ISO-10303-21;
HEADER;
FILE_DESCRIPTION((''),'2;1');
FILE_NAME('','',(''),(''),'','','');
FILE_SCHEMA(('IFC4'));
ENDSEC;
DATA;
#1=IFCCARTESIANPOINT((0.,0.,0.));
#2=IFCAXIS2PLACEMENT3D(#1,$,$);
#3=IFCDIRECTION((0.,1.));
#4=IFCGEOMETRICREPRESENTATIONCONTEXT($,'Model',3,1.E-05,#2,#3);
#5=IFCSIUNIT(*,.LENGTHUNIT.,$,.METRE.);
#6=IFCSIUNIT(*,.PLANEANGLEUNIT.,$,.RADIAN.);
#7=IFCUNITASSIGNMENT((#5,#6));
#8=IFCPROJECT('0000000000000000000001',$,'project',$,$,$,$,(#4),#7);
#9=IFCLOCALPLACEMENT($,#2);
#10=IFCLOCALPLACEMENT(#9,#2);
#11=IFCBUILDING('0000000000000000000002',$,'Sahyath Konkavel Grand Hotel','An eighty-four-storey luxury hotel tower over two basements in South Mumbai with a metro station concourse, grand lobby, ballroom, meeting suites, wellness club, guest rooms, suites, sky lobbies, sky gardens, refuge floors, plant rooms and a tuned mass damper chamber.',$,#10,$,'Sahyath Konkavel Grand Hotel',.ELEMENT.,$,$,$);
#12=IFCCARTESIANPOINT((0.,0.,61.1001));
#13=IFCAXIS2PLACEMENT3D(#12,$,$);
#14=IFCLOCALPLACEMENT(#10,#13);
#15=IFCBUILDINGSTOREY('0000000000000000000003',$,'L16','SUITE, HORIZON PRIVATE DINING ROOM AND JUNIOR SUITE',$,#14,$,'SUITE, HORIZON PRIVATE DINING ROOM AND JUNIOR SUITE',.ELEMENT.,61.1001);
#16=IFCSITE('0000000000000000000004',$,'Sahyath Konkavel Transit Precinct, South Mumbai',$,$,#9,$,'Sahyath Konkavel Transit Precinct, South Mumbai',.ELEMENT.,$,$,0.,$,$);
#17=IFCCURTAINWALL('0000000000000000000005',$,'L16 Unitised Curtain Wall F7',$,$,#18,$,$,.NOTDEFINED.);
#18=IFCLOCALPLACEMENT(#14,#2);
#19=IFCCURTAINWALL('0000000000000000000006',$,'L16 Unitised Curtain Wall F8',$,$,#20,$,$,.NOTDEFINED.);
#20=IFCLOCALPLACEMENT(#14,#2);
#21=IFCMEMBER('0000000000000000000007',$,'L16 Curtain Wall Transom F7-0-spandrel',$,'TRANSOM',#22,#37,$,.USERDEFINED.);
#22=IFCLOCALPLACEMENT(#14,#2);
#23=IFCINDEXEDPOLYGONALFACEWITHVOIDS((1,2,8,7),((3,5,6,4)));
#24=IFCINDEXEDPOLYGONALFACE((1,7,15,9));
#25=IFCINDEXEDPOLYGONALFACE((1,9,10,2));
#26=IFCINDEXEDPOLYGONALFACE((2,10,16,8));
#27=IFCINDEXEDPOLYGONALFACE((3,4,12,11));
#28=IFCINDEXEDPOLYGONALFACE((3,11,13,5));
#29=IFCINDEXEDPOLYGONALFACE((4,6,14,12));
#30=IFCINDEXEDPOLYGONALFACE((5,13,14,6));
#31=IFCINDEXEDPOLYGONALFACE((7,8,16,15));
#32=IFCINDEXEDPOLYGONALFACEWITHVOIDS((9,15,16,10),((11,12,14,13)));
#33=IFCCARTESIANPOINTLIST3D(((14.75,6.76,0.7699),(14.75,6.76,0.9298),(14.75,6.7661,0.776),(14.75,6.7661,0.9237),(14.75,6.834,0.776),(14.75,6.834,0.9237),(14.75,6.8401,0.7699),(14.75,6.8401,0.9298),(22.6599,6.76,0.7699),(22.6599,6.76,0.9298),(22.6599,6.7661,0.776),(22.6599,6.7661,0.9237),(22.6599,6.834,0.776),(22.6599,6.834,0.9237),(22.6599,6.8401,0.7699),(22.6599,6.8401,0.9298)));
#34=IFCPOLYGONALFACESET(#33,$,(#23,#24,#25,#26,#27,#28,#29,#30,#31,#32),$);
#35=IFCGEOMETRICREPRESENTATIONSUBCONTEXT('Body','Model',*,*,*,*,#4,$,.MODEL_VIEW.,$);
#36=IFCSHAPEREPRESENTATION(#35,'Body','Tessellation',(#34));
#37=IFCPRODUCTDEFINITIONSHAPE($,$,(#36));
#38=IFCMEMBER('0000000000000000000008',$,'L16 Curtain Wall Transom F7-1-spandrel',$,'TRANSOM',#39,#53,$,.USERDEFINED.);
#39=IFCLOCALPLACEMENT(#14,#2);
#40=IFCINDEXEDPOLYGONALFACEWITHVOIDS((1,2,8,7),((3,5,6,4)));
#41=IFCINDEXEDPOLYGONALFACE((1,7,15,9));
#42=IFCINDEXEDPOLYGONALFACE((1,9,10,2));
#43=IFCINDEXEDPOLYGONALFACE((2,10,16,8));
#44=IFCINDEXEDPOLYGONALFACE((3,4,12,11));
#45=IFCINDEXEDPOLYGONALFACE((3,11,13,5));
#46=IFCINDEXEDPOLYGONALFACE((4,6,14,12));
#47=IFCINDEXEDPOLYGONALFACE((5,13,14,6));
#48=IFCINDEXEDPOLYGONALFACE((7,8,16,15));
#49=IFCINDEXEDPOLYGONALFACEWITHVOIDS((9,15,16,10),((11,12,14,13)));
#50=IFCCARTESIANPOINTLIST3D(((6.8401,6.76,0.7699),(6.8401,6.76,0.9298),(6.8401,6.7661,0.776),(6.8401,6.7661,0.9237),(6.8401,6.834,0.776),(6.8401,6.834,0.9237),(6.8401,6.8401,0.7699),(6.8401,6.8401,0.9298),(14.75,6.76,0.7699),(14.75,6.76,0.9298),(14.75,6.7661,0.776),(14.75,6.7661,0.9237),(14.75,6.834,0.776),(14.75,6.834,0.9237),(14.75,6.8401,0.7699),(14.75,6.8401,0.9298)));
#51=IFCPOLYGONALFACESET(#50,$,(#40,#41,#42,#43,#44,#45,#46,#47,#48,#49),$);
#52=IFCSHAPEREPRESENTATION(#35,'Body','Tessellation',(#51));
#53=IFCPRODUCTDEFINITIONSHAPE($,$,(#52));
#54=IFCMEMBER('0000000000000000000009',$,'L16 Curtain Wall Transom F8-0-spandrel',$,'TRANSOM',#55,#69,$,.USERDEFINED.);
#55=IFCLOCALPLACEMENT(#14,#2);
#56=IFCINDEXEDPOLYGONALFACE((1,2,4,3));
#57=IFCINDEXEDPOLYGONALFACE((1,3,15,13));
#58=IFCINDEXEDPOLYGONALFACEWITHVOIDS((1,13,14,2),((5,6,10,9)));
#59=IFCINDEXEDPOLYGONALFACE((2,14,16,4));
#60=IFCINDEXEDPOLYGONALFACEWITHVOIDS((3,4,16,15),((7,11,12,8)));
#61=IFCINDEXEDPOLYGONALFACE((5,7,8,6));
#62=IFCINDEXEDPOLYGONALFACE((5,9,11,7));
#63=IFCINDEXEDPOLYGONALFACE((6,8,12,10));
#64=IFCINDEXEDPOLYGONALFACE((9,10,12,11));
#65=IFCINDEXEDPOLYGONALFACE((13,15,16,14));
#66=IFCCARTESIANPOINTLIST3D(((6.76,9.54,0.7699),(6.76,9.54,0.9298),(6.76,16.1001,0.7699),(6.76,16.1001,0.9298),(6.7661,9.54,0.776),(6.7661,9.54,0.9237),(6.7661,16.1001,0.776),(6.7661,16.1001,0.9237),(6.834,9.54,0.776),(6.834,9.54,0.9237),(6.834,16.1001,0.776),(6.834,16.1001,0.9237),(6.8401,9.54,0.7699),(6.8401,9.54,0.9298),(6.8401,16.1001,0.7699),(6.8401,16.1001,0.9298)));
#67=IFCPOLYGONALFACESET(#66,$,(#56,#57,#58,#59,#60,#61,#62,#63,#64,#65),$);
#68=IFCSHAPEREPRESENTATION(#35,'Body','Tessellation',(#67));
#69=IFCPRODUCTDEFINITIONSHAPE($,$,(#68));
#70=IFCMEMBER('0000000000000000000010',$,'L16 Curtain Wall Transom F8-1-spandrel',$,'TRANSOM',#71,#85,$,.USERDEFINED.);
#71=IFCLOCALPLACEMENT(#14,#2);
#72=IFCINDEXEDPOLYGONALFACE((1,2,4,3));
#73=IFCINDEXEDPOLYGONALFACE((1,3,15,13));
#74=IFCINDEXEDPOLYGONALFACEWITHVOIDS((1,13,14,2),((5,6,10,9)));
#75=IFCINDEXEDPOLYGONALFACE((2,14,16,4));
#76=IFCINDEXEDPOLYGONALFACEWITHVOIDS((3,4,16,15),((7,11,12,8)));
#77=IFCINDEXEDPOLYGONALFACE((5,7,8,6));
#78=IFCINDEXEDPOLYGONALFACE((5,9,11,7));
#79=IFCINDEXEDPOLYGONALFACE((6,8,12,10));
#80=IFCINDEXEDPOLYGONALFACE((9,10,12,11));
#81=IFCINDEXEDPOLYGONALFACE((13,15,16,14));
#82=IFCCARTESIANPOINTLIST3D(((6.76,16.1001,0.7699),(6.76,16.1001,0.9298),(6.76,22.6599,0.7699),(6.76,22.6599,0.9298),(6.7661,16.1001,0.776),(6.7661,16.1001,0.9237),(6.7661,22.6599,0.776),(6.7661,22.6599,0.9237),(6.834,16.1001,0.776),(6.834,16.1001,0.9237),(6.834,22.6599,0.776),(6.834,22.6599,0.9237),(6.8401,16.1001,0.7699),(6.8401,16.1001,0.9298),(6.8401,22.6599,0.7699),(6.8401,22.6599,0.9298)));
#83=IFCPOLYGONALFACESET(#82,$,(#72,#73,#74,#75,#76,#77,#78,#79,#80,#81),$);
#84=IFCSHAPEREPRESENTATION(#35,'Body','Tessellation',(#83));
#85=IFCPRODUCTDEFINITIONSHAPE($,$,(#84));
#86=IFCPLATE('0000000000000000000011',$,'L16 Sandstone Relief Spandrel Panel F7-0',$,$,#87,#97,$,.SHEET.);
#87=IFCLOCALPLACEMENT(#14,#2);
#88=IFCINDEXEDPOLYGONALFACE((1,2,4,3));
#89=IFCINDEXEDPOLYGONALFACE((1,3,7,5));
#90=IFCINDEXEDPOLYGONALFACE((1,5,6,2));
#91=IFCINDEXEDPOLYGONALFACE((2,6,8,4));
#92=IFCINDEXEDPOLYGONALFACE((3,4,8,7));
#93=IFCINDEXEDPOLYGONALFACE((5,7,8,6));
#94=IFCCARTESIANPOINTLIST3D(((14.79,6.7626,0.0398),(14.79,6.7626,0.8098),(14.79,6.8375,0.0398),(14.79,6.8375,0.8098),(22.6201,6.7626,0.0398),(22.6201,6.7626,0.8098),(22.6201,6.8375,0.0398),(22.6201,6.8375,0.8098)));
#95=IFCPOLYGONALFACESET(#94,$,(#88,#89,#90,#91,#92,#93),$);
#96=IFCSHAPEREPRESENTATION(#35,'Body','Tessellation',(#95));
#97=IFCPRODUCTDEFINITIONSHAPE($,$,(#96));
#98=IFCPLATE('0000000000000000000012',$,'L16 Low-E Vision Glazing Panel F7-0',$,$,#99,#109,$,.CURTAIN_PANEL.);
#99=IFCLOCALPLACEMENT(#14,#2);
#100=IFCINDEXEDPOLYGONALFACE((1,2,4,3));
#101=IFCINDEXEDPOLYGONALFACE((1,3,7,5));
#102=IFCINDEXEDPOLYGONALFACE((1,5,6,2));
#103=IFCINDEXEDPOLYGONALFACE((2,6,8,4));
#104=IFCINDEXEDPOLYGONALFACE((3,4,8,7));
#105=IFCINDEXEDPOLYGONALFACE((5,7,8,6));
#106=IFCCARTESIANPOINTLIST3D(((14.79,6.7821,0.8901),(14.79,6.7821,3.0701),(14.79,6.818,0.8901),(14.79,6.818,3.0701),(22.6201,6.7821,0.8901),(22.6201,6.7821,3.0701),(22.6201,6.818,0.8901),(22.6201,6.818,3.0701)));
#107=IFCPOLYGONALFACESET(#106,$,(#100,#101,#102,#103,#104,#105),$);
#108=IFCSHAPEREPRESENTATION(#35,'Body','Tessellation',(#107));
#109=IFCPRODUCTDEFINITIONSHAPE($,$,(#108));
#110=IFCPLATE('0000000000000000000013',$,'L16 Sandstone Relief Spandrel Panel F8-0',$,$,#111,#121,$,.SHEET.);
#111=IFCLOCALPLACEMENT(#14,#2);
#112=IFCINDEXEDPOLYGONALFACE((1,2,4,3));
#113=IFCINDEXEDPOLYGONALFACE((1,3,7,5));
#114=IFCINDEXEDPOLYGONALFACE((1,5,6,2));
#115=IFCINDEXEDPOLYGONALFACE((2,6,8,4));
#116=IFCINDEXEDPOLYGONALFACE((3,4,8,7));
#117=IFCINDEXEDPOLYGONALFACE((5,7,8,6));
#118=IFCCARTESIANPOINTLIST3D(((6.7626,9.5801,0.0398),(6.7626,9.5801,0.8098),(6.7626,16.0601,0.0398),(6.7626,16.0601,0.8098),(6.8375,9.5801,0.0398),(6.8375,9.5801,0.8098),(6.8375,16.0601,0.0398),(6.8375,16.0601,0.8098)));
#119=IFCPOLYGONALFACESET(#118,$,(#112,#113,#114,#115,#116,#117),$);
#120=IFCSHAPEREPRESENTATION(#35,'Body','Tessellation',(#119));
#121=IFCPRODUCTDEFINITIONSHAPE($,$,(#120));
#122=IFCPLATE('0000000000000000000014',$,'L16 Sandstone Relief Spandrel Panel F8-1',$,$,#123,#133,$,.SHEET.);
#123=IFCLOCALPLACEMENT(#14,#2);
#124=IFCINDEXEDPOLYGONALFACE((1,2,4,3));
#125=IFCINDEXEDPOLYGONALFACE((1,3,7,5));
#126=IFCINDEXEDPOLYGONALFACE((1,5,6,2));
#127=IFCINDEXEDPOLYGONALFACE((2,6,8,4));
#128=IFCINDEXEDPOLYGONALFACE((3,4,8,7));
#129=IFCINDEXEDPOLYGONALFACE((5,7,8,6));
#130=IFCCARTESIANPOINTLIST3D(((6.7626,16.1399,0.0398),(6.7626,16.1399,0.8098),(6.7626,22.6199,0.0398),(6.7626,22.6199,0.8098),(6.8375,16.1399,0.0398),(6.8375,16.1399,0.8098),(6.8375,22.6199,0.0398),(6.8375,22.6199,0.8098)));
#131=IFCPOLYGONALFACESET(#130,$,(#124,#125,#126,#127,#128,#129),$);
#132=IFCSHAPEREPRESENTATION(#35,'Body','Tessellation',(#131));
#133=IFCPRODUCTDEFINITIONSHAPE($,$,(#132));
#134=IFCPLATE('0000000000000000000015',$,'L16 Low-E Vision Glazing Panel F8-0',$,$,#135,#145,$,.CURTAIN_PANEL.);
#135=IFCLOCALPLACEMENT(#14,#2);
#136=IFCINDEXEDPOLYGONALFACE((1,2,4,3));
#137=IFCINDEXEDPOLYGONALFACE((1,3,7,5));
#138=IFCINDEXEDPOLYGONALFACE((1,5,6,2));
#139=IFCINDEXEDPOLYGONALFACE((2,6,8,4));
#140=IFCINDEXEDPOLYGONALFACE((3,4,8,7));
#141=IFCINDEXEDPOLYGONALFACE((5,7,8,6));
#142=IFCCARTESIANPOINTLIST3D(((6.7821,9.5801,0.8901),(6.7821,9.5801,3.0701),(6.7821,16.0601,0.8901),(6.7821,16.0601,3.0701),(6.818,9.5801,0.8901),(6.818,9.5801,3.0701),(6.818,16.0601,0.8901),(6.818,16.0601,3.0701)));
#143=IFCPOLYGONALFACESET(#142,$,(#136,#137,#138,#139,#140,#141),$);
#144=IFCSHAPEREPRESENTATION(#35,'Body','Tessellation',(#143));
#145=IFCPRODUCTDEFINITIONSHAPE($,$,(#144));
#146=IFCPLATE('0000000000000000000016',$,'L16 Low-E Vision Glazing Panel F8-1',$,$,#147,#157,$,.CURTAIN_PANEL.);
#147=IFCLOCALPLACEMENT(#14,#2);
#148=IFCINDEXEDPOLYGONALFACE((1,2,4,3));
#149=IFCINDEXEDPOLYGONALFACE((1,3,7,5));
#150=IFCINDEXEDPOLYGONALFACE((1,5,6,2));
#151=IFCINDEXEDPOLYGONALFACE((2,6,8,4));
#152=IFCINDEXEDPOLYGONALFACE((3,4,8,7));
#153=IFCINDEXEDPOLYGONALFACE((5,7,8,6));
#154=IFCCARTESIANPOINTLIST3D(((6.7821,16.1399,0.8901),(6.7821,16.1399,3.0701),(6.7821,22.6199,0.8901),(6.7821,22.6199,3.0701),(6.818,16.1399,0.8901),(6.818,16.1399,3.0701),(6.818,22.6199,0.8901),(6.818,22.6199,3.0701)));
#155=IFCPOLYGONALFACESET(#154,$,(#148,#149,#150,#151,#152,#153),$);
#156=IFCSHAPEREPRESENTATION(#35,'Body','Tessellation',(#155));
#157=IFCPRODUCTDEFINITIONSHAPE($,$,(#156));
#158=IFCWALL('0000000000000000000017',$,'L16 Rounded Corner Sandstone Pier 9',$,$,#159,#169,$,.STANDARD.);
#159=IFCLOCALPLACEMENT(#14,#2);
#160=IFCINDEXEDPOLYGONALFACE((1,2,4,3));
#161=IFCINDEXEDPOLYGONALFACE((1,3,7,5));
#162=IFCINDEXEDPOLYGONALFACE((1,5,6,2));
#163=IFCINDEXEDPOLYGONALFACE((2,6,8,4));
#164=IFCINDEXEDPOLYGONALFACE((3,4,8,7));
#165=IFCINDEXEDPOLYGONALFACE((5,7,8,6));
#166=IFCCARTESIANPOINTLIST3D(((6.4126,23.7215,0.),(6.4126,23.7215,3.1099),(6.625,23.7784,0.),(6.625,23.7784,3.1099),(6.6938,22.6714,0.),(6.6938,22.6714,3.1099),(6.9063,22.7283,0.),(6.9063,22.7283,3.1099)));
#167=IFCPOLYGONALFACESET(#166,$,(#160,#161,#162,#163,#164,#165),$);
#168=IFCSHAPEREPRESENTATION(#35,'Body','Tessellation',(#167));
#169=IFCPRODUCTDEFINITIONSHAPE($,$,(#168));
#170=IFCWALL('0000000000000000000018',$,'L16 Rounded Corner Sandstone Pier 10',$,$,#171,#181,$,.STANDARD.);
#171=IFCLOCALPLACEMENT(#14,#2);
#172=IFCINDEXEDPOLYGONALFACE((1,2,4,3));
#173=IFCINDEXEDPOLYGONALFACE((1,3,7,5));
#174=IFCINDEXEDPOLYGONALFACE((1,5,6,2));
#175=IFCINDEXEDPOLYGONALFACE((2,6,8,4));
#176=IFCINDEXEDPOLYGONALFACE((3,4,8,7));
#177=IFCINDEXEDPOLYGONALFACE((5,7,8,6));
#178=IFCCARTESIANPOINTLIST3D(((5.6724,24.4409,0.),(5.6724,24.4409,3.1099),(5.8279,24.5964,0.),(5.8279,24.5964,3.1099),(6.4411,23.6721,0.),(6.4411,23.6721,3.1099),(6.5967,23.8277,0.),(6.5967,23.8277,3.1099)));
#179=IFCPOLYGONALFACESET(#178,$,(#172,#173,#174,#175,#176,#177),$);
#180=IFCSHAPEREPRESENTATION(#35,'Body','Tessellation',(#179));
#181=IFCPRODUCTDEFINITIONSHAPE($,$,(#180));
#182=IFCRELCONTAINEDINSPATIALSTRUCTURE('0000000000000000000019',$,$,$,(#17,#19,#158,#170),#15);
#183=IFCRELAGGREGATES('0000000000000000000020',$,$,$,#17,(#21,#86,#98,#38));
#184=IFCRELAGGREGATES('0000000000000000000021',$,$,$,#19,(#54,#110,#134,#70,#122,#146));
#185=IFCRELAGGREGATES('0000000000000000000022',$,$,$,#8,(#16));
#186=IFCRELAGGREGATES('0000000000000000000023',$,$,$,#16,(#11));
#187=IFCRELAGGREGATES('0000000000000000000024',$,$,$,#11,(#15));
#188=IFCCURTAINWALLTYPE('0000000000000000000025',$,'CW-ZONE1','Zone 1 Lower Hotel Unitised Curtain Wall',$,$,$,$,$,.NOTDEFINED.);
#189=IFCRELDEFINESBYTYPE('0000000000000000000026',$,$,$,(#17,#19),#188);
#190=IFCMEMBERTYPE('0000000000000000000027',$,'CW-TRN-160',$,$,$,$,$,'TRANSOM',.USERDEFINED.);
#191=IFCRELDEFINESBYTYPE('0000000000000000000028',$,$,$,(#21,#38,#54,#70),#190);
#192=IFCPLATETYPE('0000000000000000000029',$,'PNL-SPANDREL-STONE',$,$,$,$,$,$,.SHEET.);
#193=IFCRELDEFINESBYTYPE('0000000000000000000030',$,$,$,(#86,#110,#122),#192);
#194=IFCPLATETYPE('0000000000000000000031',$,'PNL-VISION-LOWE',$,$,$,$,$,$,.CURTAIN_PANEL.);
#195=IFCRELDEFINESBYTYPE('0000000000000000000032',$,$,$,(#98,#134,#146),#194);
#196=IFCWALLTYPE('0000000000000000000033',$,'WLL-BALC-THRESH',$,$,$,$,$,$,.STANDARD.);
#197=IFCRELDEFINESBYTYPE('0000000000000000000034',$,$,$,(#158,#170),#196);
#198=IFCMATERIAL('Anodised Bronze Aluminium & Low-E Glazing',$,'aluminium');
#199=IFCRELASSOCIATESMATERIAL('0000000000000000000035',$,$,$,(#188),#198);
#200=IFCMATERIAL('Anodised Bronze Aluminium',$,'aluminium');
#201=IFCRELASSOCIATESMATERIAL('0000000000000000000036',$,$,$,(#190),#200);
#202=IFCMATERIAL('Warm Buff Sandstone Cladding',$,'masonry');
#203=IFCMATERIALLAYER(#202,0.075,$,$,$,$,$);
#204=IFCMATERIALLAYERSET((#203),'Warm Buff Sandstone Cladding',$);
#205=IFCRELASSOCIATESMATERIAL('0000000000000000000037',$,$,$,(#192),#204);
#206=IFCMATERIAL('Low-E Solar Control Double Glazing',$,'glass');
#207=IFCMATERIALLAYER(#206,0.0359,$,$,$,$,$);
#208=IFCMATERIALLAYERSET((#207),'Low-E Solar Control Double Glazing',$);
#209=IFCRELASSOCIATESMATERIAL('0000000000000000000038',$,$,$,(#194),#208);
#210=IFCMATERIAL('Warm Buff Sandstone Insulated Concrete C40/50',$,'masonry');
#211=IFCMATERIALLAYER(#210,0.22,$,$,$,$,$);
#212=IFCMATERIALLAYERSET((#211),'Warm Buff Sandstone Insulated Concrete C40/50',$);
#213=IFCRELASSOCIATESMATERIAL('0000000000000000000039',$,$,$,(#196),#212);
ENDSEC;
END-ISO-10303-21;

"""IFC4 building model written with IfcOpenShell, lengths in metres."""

from ifc_helpers import new_model, si_unit, direction, frame, frame_2d, origin, origin_2d, place, context, subcontext, project, spatial, rectangle, hollow_rectangle, extrude, source, transform, mapped, material, layer, layer_set, material_profile, profile_set, type_object, element, aggregate, save


model = new_model("IFC4")

# Units and contexts
model_context = context("Model", 3, precision=1e-05, world=origin(), true_north=direction((0.0, 1.0)))
body_context = subcontext(model_context, "Body", "Model", "MODEL_VIEW")
ifc_project = project(units=[si_unit("LENGTHUNIT", "METRE"), si_unit("PLANEANGLEUNIT", "RADIAN")], contexts=[model_context])

# Site, building, storey
site_placement = place(None, origin())
site = spatial("IfcSite", under=ifc_project, at=site_placement, Name="Sahyath Konkavel Transit Precinct, South Mumbai", LongName="Sahyath Konkavel Transit Precinct, South Mumbai", CompositionType="ELEMENT", RefElevation=0.0)
building_placement = place(site_placement, origin())
building = spatial("IfcBuilding", under=site, at=building_placement, Name="Sahyath Konkavel Grand Hotel", Description="An eighty-four-storey luxury hotel tower over two basements in South Mumbai with a metro station concourse, grand lobby, ballroom, meeting suites, wellness club, guest rooms, suites, sky lobbies, sky gardens, refuge floors, plant rooms and a tuned mass damper chamber.", LongName="Sahyath Konkavel Grand Hotel", CompositionType="ELEMENT")
storey_placement = place(building_placement, frame((0.0, 0.0, 61.1001)))
storey = spatial("IfcBuildingStorey", under=building, at=storey_placement, Name="L16", Description="SUITE, HORIZON PRIVATE DINING ROOM AND JUNIOR SUITE", LongName="SUITE, HORIZON PRIVATE DINING ROOM AND JUNIOR SUITE", CompositionType="ELEMENT", Elevation=61.1001)

# Curtain walls
ifc_material_1 = material(Name="Anodised Bronze Aluminium & Low-E Glazing", Category="aluminium")
curtain_wall_type = type_object("IfcCurtainWallType", Name="CW-ZONE1", Description="Zone 1 Lower Hotel Unitised Curtain Wall", PredefinedType="NOTDEFINED", material=ifc_material_1)
curtain_wall_1_placement = place(storey_placement, origin())
curtain_wall_1 = element("IfcCurtainWall", 1, at=curtain_wall_1_placement, inside=storey, type_object=curtain_wall_type, Name="L16 Unitised Curtain Wall F7", PredefinedType="NOTDEFINED")
ifc_material_2 = material(Name="Anodised Bronze Aluminium", Category="aluminium")
curtain_wall_2_placement = place(storey_placement, origin())
curtain_wall_2 = element("IfcCurtainWall", 2, at=curtain_wall_2_placement, inside=storey, type_object=curtain_wall_type, Name="L16 Unitised Curtain Wall F8", PredefinedType="NOTDEFINED")

# Members
ifc_material_profile_1 = material_profile(ifc_material_2, hollow_rectangle(XDim=0.0801, YDim=0.1599, WallThickness=0.0061, at=origin_2d()), Name="RHS 160x80x6")
ifc_profile_set_1 = profile_set([ifc_material_profile_1], Name="Anodised Bronze Aluminium")
member_type_1 = type_object("IfcMemberType", Name="CW-TRN-160", ElementType="TRANSOM", PredefinedType="USERDEFINED", material=ifc_profile_set_1)
shared_shape_1 = source(origin(), body_context, "Body", "SweptSolid", [
    extrude(hollow_rectangle(XDim=0.0801, YDim=0.1599, WallThickness=0.0061, at=origin_2d()), origin(), (0.0, 0.0, 1.0), 7.9099),
])
member_1_placement = place(storey_placement, frame((22.6599, 6.8, 0.8499), z_axis=(-1.0, 0.0, 0.0), x_axis=(0.0, -1.0, 0.0)))
member_1 = element("IfcMember", 3, at=member_1_placement, type_object=member_type_1, Name="L16 Curtain Wall Transom F7-0-spandrel", ObjectType="TRANSOM", PredefinedType="USERDEFINED", context=body_context, shape_type="MappedRepresentation", body=[
    mapped(shared_shape_1, transform((0.0, 0.0, 0.0), scale=1.0)),
])
member_2_placement = place(storey_placement, frame((14.75, 6.8, 0.8499), z_axis=(-1.0, 0.0, 0.0), x_axis=(0.0, -1.0, 0.0)))
member_2 = element("IfcMember", 4, at=member_2_placement, type_object=member_type_1, Name="L16 Curtain Wall Transom F7-1-spandrel", ObjectType="TRANSOM", PredefinedType="USERDEFINED", context=body_context, shape_type="MappedRepresentation", body=[
    mapped(shared_shape_1, transform((0.0, 0.0, 0.0), scale=1.0)),
])
shared_shape_2 = source(origin(), body_context, "Body", "SweptSolid", [
    extrude(hollow_rectangle(XDim=0.0801, YDim=0.1599, WallThickness=0.0061, at=origin_2d()), origin(), (0.0, 0.0, 1.0), 6.5601),
])
member_3_placement = place(storey_placement, frame((6.8, 9.54, 0.8499), z_axis=(0.0, 1.0, 0.0), x_axis=(-1.0, 0.0, 0.0)))
member_3 = element("IfcMember", 5, at=member_3_placement, type_object=member_type_1, Name="L16 Curtain Wall Transom F8-0-spandrel", ObjectType="TRANSOM", PredefinedType="USERDEFINED", context=body_context, shape_type="MappedRepresentation", body=[
    mapped(shared_shape_2, transform((0.0, 0.0, 0.0), scale=1.0)),
])
shared_shape_3 = source(origin(), body_context, "Body", "SweptSolid", [
    extrude(hollow_rectangle(XDim=0.0801, YDim=0.1599, WallThickness=0.0061, at=origin_2d()), origin(), (0.0, 0.0, 1.0), 6.5598),
])
member_4_placement = place(storey_placement, frame((6.8, 16.1001, 0.8499), z_axis=(0.0, 1.0, 0.0), x_axis=(-1.0, 0.0, 0.0)))
member_4 = element("IfcMember", 6, at=member_4_placement, type_object=member_type_1, Name="L16 Curtain Wall Transom F8-1-spandrel", ObjectType="TRANSOM", PredefinedType="USERDEFINED", context=body_context, shape_type="MappedRepresentation", body=[
    mapped(shared_shape_3, transform((0.0, 0.0, 0.0), scale=1.0)),
])

# Plates
ifc_material_3 = material(Name="Warm Buff Sandstone Cladding", Category="masonry")
ifc_layer_1 = layer(ifc_material_3, 0.075)
ifc_layer_set_1 = layer_set([ifc_layer_1], Name="Warm Buff Sandstone Cladding")
plate_type_1 = type_object("IfcPlateType", Name="PNL-SPANDREL-STONE", PredefinedType="SHEET", material=ifc_layer_set_1)
shared_shape_4 = source(origin(), body_context, "Body", "SweptSolid", [
    extrude(rectangle(XDim=7.8301, YDim=0.075, at=origin_2d()), origin(), (0.0, 0.0, 1.0), 0.77),
])
plate_1_placement = place(storey_placement, frame((18.7051, 6.8, 0.0398), z_axis=(0.0, 0.0, 1.0), x_axis=(-1.0, 0.0, 0.0)))
plate_1 = element("IfcPlate", 7, at=plate_1_placement, type_object=plate_type_1, Name="L16 Sandstone Relief Spandrel Panel F7-0", PredefinedType="SHEET", context=body_context, shape_type="MappedRepresentation", body=[
    mapped(shared_shape_4, transform((0.0, 0.0, 0.0), scale=1.0)),
])
ifc_material_4 = material(Name="Low-E Solar Control Double Glazing", Category="glass")
ifc_layer_2 = layer(ifc_material_4, 0.0359)
ifc_layer_set_2 = layer_set([ifc_layer_2], Name="Low-E Solar Control Double Glazing")
plate_type_2 = type_object("IfcPlateType", Name="PNL-VISION-LOWE", PredefinedType="CURTAIN_PANEL", material=ifc_layer_set_2)
shared_shape_5 = source(origin(), body_context, "Body", "SweptSolid", [
    extrude(rectangle(XDim=7.8301, YDim=0.0359, at=origin_2d()), origin(), (0.0, 0.0, 1.0), 2.1799),
])
plate_2_placement = place(storey_placement, frame((18.7051, 6.8, 0.8901), z_axis=(0.0, 0.0, 1.0), x_axis=(-1.0, 0.0, 0.0)))
plate_2 = element("IfcPlate", 8, at=plate_2_placement, type_object=plate_type_2, Name="L16 Low-E Vision Glazing Panel F7-0", PredefinedType="CURTAIN_PANEL", context=body_context, shape_type="MappedRepresentation", body=[
    mapped(shared_shape_5, transform((0.0, 0.0, 0.0), scale=1.0)),
])
aggregate(curtain_wall_1, [member_1, plate_1, plate_2, member_2])
shared_shape_6 = source(origin(), body_context, "Body", "SweptSolid", [
    extrude(rectangle(XDim=6.48, YDim=0.075, at=origin_2d()), origin(), (0.0, 0.0, 1.0), 0.77),
])
plate_3_placement = place(storey_placement, frame((6.8, 12.8201, 0.0398), z_axis=(0.0, 0.0, 1.0), x_axis=(0.0, 1.0, 0.0)))
plate_3 = element("IfcPlate", 9, at=plate_3_placement, type_object=plate_type_1, Name="L16 Sandstone Relief Spandrel Panel F8-0", PredefinedType="SHEET", context=body_context, shape_type="MappedRepresentation", body=[
    mapped(shared_shape_6, transform((0.0, 0.0, 0.0), scale=1.0)),
])
plate_4_placement = place(storey_placement, frame((6.8, 19.3799, 0.0398), z_axis=(0.0, 0.0, 1.0), x_axis=(0.0, 1.0, 0.0)))
plate_4 = element("IfcPlate", 10, at=plate_4_placement, type_object=plate_type_1, Name="L16 Sandstone Relief Spandrel Panel F8-1", PredefinedType="SHEET", context=body_context, shape_type="MappedRepresentation", body=[
    mapped(shared_shape_6, transform((0.0, 0.0, 0.0), scale=1.0)),
])
shared_shape_7 = source(origin(), body_context, "Body", "SweptSolid", [
    extrude(rectangle(XDim=6.48, YDim=0.0359, at=origin_2d()), origin(), (0.0, 0.0, 1.0), 2.1799),
])
plate_5_placement = place(storey_placement, frame((6.8, 12.8201, 0.8901), z_axis=(0.0, 0.0, 1.0), x_axis=(0.0, 1.0, 0.0)))
plate_5 = element("IfcPlate", 11, at=plate_5_placement, type_object=plate_type_2, Name="L16 Low-E Vision Glazing Panel F8-0", PredefinedType="CURTAIN_PANEL", context=body_context, shape_type="MappedRepresentation", body=[
    mapped(shared_shape_7, transform((0.0, 0.0, 0.0), scale=1.0)),
])
plate_6_placement = place(storey_placement, frame((6.8, 19.3799, 0.8901), z_axis=(0.0, 0.0, 1.0), x_axis=(0.0, 1.0, 0.0)))
plate_6 = element("IfcPlate", 12, at=plate_6_placement, type_object=plate_type_2, Name="L16 Low-E Vision Glazing Panel F8-1", PredefinedType="CURTAIN_PANEL", context=body_context, shape_type="MappedRepresentation", body=[
    mapped(shared_shape_7, transform((0.0, 0.0, 0.0), scale=1.0)),
])
aggregate(curtain_wall_2, [member_3, plate_3, plate_5, member_4, plate_4, plate_6])

# Walls
ifc_material_5 = material(Name="Warm Buff Sandstone Insulated Concrete C40/50", Category="masonry")
ifc_layer_3 = layer(ifc_material_5, 0.22)
ifc_layer_set_3 = layer_set([ifc_layer_3], Name="Warm Buff Sandstone Insulated Concrete C40/50")
wall_type_1 = type_object("IfcWallType", Name="WLL-BALC-THRESH", PredefinedType="STANDARD", material=ifc_layer_set_3)
for number, where, z_axis, x_axis, name in (
    (13, (6.8, 22.7, 0.0), (0.0, 0.0, 1.0), (-0.258725, 0.965951, 0.0), "L16 Rounded Corner Sandstone Pier 9"),
    (14, (6.5188, 23.75, 0.0), (0.0, 0.0, 1.0), (-0.707107, 0.707107, 0.0), "L16 Rounded Corner Sandstone Pier 10"),
):
    element("IfcWall", number, at=place(storey_placement, frame(where, z_axis=z_axis, x_axis=x_axis)), inside=storey, type_object=wall_type_1, Name=name, PredefinedType="STANDARD", context=body_context, shape_type="SweptSolid", body=[
        extrude(rectangle(XDim=1.0872, YDim=0.22, at=frame_2d((0.5435, 0.0))), origin(), (0.0, 0.0, 1.0), 3.1099),
    ])

save(model, "model.ifc")
